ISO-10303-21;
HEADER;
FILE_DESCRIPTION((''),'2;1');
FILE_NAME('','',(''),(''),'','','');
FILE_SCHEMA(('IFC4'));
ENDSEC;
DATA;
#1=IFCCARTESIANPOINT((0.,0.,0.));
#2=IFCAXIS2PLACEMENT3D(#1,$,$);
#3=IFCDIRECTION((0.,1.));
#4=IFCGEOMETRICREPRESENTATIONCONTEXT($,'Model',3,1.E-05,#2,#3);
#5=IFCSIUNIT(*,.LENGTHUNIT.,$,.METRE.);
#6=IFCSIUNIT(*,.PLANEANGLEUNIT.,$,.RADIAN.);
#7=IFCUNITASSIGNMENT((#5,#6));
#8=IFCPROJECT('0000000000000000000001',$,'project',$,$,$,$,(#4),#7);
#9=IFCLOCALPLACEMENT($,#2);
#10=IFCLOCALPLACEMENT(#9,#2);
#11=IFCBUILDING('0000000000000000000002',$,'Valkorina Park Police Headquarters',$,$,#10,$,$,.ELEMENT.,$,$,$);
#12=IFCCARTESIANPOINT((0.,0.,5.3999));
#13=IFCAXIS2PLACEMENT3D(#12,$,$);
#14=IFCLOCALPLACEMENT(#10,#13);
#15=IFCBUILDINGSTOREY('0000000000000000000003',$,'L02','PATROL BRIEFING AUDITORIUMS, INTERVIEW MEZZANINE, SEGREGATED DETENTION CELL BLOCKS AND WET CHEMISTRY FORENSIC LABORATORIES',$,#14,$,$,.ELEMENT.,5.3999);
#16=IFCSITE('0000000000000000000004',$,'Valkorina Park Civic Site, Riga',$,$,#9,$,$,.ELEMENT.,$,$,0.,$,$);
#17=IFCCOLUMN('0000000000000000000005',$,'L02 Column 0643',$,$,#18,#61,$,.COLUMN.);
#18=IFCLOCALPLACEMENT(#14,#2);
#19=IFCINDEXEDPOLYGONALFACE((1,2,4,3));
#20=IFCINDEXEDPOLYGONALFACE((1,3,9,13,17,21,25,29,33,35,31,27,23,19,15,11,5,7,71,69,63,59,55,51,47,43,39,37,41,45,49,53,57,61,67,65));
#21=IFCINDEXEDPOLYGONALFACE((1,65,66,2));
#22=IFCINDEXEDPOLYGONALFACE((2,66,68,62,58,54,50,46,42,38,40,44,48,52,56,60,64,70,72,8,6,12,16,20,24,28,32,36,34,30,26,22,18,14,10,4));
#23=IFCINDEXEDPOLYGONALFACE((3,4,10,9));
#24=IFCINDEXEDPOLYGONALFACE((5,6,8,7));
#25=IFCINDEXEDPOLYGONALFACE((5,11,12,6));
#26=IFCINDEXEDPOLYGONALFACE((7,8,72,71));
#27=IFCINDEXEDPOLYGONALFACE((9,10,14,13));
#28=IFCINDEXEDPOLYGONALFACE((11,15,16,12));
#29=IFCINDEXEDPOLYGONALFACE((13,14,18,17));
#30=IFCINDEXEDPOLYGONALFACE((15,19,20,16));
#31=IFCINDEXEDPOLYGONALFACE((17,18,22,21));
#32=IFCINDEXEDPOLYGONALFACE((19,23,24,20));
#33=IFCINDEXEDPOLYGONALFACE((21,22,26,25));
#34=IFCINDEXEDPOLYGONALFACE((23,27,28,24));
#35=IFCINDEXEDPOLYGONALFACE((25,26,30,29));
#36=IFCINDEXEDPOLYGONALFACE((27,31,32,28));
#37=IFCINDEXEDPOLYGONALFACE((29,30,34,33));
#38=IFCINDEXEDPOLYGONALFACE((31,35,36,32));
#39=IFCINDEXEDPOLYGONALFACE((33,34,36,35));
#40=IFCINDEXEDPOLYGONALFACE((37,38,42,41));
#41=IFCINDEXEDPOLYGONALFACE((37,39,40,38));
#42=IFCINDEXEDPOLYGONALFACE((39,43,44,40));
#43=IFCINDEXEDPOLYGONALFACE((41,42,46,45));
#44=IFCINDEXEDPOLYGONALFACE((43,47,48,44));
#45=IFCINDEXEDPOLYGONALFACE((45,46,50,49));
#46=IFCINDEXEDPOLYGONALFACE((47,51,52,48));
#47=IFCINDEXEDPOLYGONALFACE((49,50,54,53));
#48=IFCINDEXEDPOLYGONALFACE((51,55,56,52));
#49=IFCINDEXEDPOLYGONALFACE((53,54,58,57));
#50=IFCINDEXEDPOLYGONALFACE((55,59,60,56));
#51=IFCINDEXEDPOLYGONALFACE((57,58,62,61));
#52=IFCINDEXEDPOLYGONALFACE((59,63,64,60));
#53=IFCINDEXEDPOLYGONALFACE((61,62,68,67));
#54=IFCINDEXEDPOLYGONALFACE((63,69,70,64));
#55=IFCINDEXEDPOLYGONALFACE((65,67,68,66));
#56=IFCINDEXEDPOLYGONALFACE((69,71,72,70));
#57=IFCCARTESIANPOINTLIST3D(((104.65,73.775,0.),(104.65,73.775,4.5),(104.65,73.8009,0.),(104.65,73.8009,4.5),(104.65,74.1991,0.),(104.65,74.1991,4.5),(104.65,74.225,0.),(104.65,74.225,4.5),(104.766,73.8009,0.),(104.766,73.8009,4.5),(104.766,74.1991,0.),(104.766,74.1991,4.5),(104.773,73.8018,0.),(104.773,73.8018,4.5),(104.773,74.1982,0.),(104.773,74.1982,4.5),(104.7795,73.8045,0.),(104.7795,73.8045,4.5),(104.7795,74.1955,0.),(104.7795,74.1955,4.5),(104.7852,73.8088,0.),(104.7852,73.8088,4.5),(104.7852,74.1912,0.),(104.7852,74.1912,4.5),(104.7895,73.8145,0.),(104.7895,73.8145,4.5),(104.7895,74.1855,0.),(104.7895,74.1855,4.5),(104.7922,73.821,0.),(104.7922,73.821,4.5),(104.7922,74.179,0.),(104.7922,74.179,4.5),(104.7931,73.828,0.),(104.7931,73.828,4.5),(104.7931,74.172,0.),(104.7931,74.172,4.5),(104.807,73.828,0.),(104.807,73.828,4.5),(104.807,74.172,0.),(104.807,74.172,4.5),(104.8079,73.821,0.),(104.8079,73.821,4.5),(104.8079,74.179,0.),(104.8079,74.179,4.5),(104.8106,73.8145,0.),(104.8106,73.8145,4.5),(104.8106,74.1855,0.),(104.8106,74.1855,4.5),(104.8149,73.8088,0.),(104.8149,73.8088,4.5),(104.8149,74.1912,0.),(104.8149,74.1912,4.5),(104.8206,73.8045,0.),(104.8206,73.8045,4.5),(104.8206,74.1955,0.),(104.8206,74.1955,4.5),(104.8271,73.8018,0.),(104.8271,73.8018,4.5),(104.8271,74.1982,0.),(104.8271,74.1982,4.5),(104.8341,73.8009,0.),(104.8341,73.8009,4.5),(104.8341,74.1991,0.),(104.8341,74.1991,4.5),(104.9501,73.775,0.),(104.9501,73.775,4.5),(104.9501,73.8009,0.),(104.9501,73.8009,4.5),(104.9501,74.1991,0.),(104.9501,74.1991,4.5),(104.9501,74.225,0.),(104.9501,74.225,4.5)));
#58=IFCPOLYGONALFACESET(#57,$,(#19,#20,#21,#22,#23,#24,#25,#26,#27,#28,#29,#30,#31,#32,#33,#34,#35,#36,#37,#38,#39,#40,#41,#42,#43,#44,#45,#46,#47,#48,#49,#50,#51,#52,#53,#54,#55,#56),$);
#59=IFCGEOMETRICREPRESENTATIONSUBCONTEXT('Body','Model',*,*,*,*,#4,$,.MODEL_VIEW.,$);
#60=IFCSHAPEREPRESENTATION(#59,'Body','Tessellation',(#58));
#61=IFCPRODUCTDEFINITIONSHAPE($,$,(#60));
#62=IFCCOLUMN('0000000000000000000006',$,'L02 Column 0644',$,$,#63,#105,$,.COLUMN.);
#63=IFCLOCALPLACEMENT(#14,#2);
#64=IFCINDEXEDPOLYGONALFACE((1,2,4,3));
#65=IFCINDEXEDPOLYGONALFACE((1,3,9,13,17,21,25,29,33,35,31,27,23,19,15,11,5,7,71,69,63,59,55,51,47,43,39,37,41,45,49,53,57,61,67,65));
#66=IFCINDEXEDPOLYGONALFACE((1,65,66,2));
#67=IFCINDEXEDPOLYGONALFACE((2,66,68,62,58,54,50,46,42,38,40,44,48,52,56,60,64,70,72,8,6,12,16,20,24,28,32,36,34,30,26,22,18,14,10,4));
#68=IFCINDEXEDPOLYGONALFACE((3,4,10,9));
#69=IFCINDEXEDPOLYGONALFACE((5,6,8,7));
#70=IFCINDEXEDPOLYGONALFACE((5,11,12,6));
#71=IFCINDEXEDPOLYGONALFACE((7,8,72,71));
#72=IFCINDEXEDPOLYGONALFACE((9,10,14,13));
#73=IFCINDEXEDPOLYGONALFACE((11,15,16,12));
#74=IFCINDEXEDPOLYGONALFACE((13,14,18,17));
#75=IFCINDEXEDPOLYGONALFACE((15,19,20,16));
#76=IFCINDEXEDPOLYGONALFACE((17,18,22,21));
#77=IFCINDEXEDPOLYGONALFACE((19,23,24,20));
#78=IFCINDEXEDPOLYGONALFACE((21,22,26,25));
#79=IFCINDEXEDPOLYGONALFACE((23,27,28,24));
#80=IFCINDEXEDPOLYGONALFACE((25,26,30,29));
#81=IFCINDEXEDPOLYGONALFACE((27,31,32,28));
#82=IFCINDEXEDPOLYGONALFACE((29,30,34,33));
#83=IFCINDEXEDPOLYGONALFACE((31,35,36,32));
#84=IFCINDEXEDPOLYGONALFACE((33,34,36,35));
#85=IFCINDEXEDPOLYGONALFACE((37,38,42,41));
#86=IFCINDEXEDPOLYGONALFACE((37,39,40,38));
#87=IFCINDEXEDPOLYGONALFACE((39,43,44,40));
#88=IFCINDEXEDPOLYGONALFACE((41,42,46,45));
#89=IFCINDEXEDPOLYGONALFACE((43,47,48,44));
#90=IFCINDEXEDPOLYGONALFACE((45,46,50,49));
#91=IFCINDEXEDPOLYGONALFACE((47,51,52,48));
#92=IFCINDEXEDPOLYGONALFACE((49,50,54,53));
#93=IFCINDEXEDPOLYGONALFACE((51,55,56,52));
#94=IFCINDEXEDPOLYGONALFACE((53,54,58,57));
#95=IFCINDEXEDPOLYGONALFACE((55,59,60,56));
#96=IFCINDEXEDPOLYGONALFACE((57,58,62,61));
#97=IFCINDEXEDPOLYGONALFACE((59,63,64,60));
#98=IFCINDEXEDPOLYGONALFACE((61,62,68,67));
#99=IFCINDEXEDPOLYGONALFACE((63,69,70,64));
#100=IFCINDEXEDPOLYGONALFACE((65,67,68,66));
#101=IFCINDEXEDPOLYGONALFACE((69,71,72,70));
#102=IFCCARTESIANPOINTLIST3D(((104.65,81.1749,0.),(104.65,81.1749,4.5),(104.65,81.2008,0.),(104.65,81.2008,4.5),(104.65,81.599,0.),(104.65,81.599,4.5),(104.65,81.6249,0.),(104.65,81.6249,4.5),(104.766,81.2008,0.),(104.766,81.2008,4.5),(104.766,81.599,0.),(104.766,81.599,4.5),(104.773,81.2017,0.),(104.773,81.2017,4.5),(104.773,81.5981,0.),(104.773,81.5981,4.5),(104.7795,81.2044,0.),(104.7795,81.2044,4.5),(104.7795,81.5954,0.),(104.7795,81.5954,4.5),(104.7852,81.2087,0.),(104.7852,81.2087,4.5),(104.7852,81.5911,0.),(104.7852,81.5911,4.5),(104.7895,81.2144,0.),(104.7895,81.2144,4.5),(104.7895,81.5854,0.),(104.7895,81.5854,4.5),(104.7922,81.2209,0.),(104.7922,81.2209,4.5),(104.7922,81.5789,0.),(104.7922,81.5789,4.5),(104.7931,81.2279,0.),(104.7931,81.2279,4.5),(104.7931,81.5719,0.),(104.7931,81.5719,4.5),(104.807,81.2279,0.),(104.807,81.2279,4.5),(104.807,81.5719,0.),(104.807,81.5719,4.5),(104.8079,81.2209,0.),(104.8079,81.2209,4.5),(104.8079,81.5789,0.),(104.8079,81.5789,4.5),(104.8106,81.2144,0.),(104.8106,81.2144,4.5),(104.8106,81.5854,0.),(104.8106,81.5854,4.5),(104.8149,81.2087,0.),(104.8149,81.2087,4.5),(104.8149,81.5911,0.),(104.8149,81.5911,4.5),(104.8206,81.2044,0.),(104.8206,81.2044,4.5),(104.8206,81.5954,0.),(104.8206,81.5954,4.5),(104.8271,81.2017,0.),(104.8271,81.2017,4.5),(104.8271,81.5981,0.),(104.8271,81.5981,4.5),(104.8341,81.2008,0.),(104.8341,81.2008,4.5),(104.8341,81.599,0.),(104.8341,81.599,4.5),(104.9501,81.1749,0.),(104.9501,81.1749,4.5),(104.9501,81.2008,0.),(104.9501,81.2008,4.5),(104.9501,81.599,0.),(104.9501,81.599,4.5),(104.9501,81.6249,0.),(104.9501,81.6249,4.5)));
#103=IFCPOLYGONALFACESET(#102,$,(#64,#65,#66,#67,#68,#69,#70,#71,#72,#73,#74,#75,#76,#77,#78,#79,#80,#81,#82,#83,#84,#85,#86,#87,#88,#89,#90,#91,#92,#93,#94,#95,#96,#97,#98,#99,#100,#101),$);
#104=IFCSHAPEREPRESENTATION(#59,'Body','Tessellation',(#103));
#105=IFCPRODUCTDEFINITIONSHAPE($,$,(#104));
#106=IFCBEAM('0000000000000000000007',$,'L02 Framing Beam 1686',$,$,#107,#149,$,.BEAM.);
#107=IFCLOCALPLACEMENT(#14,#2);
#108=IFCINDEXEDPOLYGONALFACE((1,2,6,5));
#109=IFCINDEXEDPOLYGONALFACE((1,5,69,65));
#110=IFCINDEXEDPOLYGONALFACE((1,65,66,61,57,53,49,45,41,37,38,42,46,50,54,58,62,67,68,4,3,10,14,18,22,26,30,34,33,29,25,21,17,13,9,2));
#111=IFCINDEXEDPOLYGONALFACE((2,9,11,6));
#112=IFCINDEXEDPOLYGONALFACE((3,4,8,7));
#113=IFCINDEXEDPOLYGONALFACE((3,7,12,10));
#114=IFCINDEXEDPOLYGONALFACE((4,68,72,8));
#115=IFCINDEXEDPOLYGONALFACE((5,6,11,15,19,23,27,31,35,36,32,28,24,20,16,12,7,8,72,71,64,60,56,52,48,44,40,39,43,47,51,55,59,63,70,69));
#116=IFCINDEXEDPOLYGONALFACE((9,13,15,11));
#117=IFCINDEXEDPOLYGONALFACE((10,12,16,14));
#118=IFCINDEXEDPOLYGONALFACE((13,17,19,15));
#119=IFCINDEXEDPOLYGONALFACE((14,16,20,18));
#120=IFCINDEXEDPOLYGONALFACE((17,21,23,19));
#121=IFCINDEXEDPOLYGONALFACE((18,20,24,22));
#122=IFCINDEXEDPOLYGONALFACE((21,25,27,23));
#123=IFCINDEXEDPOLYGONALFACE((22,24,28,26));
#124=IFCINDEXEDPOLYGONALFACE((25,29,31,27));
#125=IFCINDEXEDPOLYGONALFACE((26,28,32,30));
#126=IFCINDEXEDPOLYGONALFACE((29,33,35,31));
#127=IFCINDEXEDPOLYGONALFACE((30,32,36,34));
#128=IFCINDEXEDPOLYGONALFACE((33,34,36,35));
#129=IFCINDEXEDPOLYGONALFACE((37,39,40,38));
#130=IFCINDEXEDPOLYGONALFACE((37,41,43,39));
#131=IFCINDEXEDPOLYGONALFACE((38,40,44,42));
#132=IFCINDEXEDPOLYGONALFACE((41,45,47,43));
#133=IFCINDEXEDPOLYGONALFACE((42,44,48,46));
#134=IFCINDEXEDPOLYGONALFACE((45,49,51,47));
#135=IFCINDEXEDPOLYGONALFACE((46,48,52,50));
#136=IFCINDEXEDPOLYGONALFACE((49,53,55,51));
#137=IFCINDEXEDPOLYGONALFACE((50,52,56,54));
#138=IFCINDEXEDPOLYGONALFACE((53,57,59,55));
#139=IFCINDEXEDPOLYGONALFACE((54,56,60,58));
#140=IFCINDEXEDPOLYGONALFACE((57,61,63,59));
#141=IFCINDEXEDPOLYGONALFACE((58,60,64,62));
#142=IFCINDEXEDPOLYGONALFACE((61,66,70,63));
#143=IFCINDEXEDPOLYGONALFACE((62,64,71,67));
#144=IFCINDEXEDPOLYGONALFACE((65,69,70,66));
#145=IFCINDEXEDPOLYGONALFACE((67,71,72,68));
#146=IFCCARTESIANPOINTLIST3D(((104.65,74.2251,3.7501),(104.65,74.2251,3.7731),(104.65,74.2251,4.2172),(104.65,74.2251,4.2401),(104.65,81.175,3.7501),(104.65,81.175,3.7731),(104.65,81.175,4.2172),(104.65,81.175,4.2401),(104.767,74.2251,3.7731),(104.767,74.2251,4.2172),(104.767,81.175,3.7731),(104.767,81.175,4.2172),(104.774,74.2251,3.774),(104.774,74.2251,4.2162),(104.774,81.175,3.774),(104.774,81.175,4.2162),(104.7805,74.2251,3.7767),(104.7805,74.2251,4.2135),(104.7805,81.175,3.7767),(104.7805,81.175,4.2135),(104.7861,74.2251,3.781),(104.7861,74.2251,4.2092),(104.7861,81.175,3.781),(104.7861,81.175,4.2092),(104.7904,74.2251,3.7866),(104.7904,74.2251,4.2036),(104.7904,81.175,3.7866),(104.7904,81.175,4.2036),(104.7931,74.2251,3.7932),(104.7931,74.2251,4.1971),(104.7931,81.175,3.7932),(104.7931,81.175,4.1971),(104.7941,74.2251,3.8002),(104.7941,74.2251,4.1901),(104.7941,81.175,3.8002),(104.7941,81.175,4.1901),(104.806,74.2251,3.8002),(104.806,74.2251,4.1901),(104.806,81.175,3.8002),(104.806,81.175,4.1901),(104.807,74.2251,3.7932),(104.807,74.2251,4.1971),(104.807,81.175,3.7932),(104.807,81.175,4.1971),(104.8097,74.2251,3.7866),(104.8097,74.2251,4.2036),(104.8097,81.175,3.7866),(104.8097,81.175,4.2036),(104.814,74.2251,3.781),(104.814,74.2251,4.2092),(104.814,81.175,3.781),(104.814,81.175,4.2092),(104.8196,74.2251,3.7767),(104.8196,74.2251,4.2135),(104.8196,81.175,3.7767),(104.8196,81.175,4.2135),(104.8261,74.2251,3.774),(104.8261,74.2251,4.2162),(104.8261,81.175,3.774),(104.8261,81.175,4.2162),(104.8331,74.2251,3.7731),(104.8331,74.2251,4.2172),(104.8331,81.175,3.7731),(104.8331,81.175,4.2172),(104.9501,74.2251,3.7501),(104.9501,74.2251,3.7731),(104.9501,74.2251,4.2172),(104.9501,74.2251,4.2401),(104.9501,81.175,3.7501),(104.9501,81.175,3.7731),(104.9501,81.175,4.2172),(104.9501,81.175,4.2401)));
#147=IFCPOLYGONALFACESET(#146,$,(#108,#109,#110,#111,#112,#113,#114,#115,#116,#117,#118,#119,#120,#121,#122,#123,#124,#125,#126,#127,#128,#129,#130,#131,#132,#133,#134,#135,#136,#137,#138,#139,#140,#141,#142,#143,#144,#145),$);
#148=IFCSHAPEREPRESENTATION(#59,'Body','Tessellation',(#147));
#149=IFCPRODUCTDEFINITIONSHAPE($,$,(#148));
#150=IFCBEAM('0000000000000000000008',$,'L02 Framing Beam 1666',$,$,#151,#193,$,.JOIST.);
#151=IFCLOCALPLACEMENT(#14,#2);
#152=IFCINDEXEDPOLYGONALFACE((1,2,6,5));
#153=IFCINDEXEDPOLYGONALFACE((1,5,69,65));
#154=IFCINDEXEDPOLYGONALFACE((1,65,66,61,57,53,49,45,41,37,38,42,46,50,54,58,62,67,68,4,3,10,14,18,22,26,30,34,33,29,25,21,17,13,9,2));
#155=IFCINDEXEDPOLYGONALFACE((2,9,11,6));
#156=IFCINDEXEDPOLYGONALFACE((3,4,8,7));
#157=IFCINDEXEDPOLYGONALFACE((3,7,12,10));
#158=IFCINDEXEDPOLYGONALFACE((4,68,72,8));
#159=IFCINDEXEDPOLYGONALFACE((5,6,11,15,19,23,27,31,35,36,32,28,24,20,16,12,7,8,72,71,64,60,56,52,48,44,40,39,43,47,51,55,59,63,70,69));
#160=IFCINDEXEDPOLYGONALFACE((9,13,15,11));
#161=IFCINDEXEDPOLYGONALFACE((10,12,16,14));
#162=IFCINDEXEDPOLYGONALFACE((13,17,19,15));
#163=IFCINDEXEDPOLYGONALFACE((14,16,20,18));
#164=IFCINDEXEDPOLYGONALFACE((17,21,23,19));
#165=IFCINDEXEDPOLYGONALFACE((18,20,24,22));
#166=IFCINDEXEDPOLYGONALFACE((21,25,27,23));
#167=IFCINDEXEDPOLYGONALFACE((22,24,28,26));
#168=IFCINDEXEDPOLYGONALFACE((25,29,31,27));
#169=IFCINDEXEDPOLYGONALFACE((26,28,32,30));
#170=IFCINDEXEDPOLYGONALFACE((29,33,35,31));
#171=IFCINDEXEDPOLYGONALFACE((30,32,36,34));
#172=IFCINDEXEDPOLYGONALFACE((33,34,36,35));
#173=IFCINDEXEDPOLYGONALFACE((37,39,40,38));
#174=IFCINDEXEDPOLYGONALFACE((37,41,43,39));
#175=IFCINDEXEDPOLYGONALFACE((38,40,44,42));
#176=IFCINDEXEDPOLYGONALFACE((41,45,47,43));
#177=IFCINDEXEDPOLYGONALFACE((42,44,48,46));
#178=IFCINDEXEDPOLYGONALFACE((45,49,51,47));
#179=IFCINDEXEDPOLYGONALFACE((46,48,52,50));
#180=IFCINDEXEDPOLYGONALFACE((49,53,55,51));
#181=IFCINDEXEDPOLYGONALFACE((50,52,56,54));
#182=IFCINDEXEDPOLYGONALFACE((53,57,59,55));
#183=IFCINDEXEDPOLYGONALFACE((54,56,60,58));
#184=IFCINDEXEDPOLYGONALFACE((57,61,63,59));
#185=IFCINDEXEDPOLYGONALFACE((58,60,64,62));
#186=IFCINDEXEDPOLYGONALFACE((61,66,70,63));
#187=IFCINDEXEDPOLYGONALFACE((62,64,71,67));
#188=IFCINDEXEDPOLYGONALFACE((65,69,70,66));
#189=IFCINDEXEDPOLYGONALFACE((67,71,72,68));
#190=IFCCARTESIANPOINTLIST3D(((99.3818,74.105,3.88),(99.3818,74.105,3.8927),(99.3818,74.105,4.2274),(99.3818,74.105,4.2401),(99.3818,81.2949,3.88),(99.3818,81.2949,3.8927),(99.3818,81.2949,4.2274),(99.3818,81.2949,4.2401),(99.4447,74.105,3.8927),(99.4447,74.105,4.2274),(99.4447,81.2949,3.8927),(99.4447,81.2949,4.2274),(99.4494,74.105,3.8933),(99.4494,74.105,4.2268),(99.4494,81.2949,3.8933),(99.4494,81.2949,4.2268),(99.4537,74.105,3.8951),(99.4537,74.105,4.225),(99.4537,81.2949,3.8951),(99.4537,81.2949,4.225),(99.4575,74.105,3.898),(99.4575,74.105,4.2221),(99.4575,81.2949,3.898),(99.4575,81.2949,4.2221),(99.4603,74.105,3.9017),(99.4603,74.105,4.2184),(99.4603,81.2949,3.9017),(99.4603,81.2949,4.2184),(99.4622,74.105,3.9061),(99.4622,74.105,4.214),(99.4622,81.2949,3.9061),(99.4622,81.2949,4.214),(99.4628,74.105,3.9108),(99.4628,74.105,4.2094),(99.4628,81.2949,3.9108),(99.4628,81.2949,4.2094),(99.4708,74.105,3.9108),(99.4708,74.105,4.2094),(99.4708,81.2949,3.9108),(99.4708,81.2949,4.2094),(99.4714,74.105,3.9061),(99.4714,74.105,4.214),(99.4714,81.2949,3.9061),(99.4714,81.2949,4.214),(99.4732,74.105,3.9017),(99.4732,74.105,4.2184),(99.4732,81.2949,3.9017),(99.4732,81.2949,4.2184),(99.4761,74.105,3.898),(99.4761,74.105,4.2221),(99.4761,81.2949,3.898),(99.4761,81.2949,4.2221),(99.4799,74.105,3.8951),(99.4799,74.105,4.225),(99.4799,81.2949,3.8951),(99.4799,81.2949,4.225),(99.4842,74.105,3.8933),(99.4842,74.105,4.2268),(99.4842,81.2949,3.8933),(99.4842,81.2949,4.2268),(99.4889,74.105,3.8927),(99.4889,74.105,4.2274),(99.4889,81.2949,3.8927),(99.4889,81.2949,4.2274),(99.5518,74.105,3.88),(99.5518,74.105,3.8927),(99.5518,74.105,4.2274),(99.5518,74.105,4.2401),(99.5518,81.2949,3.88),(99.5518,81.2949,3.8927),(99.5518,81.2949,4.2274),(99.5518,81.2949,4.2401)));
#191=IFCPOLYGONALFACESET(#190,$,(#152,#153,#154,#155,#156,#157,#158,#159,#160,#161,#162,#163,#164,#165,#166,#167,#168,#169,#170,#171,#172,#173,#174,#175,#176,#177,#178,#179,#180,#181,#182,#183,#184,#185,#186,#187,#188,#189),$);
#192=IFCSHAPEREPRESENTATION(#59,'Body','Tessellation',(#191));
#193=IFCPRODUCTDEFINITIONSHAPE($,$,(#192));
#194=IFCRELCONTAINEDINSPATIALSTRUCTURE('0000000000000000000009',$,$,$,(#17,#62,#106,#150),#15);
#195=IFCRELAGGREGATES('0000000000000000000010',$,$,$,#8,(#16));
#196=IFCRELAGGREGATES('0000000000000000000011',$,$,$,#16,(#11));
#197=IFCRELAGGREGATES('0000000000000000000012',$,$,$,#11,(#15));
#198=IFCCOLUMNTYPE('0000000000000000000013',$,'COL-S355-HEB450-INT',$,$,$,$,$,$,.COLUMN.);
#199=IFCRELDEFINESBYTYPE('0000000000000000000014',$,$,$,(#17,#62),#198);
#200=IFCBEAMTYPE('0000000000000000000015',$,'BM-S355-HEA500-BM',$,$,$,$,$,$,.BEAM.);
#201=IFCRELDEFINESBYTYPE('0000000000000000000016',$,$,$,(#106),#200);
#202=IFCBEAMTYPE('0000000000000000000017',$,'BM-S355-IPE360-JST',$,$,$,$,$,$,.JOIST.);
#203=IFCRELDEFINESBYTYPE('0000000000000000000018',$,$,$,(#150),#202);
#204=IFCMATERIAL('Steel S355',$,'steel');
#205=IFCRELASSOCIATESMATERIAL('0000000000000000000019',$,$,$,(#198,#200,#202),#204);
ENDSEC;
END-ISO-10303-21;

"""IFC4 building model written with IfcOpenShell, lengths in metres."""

from ifc_helpers import new_model, si_unit, direction, frame, origin, origin_2d, place, context, subcontext, project, spatial, i_section, extrude, material, material_profile, profile_set, type_object, element, save


model = new_model("IFC4")

# Units and contexts
model_context = context("Model", 3, precision=1e-05, world=origin(), true_north=direction((0.0, 1.0)))
body_context = subcontext(model_context, "Body", "Model", "MODEL_VIEW")
ifc_project = project(units=[si_unit("LENGTHUNIT", "METRE"), si_unit("PLANEANGLEUNIT", "RADIAN")], contexts=[model_context])

# Site, building, storey
site_placement = place(None, origin())
site = spatial("IfcSite", under=ifc_project, at=site_placement, Name="Valkorina Park Civic Site, Riga", CompositionType="ELEMENT", RefElevation=0.0)
building_placement = place(site_placement, origin())
building = spatial("IfcBuilding", under=site, at=building_placement, Name="Valkorina Park Police Headquarters", CompositionType="ELEMENT")
storey_placement = place(building_placement, frame((0.0, 0.0, 5.3999)))
storey = spatial("IfcBuildingStorey", under=building, at=storey_placement, Name="L02", Description="PATROL BRIEFING AUDITORIUMS, INTERVIEW MEZZANINE, SEGREGATED DETENTION CELL BLOCKS AND WET CHEMISTRY FORENSIC LABORATORIES", CompositionType="ELEMENT", Elevation=5.3999)

# Columns
ifc_material_1 = material(Name="Steel S355", Category="steel")
ifc_material_profile_1 = material_profile(ifc_material_1, i_section(OverallWidth=0.3, OverallDepth=0.45, WebThickness=0.0139, FlangeThickness=0.0259, FilletRadius=0.0271, at=origin_2d()), Name="HEB 450")
ifc_profile_set_1 = profile_set([ifc_material_profile_1], Name="Steel S355")
column_type = type_object("IfcColumnType", Name="COL-S355-HEB450-INT", PredefinedType="COLUMN", material=ifc_profile_set_1)
for number, where, z_axis, x_axis, name in (
    (1, (104.8, 74.0, 0.0), (0.0, 0.0, 1.0), (1.0, 0.0, 0.0), "L02 Column 0643"),
    (2, (104.8, 81.3999, 0.0), (0.0, 0.0, 1.0), (1.0, 0.0, 0.0), "L02 Column 0644"),
):
    element("IfcColumn", number, at=place(storey_placement, frame(where, z_axis=z_axis, x_axis=x_axis)), inside=storey, type_object=column_type, Name=name, PredefinedType="COLUMN", context=body_context, shape_type="SweptSolid", body=[
        extrude(i_section(OverallWidth=0.3, OverallDepth=0.45, WebThickness=0.0139, FlangeThickness=0.0259, FilletRadius=0.0271, at=origin_2d()), origin(), (0.0, 0.0, 1.0), 4.5),
    ])

# Beams
ifc_material_profile_2 = material_profile(ifc_material_1, i_section(OverallWidth=0.3, OverallDepth=0.49, WebThickness=0.012, FlangeThickness=0.0229, FilletRadius=0.0271, at=origin_2d()), Name="HEA 500")
ifc_profile_set_2 = profile_set([ifc_material_profile_2], Name="Steel S355")
beam_type_1 = type_object("IfcBeamType", Name="BM-S355-HEA500-BM", PredefinedType="BEAM", material=ifc_profile_set_2)
beam_placement = place(storey_placement, frame((104.8, 74.2251, 3.9951), z_axis=(0.0, 1.0, 0.0), x_axis=(-1.0, 0.0, 0.0)))
element("IfcBeam", 3, at=beam_placement, inside=storey, type_object=beam_type_1, Name="L02 Framing Beam 1686", PredefinedType="BEAM", context=body_context, shape_type="SweptSolid", body=[
    extrude(i_section(OverallWidth=0.3, OverallDepth=0.49, WebThickness=0.012, FlangeThickness=0.0229, FilletRadius=0.0271, at=origin_2d()), origin(), (0.0, 0.0, 1.0), 6.95),
])
ifc_material_profile_3 = material_profile(ifc_material_1, i_section(OverallWidth=0.1699, OverallDepth=0.3601, WebThickness=0.0081, FlangeThickness=0.0127, FilletRadius=0.0181, at=origin_2d()), Name="IPE 360")
ifc_profile_set_3 = profile_set([ifc_material_profile_3], Name="Steel S355")
beam_type_2 = type_object("IfcBeamType", Name="BM-S355-IPE360-JST", PredefinedType="JOIST", material=ifc_profile_set_3)
for number, where, z_axis, x_axis, name in (
    (4, (99.4668, 74.105, 4.0601), (0.0, 1.0, 0.0), (-1.0, 0.0, 0.0), "L02 Framing Beam 1666"),
):
    element("IfcBeam", number, at=place(storey_placement, frame(where, z_axis=z_axis, x_axis=x_axis)), inside=storey, type_object=beam_type_2, Name=name, PredefinedType="JOIST", context=body_context, shape_type="SweptSolid", body=[
        extrude(i_section(OverallWidth=0.1699, OverallDepth=0.3601, WebThickness=0.0081, FlangeThickness=0.0127, FilletRadius=0.0181, at=origin_2d()), origin(), (0.0, 0.0, 1.0), 7.1899),
    ])

save(model, "model.ifc")
